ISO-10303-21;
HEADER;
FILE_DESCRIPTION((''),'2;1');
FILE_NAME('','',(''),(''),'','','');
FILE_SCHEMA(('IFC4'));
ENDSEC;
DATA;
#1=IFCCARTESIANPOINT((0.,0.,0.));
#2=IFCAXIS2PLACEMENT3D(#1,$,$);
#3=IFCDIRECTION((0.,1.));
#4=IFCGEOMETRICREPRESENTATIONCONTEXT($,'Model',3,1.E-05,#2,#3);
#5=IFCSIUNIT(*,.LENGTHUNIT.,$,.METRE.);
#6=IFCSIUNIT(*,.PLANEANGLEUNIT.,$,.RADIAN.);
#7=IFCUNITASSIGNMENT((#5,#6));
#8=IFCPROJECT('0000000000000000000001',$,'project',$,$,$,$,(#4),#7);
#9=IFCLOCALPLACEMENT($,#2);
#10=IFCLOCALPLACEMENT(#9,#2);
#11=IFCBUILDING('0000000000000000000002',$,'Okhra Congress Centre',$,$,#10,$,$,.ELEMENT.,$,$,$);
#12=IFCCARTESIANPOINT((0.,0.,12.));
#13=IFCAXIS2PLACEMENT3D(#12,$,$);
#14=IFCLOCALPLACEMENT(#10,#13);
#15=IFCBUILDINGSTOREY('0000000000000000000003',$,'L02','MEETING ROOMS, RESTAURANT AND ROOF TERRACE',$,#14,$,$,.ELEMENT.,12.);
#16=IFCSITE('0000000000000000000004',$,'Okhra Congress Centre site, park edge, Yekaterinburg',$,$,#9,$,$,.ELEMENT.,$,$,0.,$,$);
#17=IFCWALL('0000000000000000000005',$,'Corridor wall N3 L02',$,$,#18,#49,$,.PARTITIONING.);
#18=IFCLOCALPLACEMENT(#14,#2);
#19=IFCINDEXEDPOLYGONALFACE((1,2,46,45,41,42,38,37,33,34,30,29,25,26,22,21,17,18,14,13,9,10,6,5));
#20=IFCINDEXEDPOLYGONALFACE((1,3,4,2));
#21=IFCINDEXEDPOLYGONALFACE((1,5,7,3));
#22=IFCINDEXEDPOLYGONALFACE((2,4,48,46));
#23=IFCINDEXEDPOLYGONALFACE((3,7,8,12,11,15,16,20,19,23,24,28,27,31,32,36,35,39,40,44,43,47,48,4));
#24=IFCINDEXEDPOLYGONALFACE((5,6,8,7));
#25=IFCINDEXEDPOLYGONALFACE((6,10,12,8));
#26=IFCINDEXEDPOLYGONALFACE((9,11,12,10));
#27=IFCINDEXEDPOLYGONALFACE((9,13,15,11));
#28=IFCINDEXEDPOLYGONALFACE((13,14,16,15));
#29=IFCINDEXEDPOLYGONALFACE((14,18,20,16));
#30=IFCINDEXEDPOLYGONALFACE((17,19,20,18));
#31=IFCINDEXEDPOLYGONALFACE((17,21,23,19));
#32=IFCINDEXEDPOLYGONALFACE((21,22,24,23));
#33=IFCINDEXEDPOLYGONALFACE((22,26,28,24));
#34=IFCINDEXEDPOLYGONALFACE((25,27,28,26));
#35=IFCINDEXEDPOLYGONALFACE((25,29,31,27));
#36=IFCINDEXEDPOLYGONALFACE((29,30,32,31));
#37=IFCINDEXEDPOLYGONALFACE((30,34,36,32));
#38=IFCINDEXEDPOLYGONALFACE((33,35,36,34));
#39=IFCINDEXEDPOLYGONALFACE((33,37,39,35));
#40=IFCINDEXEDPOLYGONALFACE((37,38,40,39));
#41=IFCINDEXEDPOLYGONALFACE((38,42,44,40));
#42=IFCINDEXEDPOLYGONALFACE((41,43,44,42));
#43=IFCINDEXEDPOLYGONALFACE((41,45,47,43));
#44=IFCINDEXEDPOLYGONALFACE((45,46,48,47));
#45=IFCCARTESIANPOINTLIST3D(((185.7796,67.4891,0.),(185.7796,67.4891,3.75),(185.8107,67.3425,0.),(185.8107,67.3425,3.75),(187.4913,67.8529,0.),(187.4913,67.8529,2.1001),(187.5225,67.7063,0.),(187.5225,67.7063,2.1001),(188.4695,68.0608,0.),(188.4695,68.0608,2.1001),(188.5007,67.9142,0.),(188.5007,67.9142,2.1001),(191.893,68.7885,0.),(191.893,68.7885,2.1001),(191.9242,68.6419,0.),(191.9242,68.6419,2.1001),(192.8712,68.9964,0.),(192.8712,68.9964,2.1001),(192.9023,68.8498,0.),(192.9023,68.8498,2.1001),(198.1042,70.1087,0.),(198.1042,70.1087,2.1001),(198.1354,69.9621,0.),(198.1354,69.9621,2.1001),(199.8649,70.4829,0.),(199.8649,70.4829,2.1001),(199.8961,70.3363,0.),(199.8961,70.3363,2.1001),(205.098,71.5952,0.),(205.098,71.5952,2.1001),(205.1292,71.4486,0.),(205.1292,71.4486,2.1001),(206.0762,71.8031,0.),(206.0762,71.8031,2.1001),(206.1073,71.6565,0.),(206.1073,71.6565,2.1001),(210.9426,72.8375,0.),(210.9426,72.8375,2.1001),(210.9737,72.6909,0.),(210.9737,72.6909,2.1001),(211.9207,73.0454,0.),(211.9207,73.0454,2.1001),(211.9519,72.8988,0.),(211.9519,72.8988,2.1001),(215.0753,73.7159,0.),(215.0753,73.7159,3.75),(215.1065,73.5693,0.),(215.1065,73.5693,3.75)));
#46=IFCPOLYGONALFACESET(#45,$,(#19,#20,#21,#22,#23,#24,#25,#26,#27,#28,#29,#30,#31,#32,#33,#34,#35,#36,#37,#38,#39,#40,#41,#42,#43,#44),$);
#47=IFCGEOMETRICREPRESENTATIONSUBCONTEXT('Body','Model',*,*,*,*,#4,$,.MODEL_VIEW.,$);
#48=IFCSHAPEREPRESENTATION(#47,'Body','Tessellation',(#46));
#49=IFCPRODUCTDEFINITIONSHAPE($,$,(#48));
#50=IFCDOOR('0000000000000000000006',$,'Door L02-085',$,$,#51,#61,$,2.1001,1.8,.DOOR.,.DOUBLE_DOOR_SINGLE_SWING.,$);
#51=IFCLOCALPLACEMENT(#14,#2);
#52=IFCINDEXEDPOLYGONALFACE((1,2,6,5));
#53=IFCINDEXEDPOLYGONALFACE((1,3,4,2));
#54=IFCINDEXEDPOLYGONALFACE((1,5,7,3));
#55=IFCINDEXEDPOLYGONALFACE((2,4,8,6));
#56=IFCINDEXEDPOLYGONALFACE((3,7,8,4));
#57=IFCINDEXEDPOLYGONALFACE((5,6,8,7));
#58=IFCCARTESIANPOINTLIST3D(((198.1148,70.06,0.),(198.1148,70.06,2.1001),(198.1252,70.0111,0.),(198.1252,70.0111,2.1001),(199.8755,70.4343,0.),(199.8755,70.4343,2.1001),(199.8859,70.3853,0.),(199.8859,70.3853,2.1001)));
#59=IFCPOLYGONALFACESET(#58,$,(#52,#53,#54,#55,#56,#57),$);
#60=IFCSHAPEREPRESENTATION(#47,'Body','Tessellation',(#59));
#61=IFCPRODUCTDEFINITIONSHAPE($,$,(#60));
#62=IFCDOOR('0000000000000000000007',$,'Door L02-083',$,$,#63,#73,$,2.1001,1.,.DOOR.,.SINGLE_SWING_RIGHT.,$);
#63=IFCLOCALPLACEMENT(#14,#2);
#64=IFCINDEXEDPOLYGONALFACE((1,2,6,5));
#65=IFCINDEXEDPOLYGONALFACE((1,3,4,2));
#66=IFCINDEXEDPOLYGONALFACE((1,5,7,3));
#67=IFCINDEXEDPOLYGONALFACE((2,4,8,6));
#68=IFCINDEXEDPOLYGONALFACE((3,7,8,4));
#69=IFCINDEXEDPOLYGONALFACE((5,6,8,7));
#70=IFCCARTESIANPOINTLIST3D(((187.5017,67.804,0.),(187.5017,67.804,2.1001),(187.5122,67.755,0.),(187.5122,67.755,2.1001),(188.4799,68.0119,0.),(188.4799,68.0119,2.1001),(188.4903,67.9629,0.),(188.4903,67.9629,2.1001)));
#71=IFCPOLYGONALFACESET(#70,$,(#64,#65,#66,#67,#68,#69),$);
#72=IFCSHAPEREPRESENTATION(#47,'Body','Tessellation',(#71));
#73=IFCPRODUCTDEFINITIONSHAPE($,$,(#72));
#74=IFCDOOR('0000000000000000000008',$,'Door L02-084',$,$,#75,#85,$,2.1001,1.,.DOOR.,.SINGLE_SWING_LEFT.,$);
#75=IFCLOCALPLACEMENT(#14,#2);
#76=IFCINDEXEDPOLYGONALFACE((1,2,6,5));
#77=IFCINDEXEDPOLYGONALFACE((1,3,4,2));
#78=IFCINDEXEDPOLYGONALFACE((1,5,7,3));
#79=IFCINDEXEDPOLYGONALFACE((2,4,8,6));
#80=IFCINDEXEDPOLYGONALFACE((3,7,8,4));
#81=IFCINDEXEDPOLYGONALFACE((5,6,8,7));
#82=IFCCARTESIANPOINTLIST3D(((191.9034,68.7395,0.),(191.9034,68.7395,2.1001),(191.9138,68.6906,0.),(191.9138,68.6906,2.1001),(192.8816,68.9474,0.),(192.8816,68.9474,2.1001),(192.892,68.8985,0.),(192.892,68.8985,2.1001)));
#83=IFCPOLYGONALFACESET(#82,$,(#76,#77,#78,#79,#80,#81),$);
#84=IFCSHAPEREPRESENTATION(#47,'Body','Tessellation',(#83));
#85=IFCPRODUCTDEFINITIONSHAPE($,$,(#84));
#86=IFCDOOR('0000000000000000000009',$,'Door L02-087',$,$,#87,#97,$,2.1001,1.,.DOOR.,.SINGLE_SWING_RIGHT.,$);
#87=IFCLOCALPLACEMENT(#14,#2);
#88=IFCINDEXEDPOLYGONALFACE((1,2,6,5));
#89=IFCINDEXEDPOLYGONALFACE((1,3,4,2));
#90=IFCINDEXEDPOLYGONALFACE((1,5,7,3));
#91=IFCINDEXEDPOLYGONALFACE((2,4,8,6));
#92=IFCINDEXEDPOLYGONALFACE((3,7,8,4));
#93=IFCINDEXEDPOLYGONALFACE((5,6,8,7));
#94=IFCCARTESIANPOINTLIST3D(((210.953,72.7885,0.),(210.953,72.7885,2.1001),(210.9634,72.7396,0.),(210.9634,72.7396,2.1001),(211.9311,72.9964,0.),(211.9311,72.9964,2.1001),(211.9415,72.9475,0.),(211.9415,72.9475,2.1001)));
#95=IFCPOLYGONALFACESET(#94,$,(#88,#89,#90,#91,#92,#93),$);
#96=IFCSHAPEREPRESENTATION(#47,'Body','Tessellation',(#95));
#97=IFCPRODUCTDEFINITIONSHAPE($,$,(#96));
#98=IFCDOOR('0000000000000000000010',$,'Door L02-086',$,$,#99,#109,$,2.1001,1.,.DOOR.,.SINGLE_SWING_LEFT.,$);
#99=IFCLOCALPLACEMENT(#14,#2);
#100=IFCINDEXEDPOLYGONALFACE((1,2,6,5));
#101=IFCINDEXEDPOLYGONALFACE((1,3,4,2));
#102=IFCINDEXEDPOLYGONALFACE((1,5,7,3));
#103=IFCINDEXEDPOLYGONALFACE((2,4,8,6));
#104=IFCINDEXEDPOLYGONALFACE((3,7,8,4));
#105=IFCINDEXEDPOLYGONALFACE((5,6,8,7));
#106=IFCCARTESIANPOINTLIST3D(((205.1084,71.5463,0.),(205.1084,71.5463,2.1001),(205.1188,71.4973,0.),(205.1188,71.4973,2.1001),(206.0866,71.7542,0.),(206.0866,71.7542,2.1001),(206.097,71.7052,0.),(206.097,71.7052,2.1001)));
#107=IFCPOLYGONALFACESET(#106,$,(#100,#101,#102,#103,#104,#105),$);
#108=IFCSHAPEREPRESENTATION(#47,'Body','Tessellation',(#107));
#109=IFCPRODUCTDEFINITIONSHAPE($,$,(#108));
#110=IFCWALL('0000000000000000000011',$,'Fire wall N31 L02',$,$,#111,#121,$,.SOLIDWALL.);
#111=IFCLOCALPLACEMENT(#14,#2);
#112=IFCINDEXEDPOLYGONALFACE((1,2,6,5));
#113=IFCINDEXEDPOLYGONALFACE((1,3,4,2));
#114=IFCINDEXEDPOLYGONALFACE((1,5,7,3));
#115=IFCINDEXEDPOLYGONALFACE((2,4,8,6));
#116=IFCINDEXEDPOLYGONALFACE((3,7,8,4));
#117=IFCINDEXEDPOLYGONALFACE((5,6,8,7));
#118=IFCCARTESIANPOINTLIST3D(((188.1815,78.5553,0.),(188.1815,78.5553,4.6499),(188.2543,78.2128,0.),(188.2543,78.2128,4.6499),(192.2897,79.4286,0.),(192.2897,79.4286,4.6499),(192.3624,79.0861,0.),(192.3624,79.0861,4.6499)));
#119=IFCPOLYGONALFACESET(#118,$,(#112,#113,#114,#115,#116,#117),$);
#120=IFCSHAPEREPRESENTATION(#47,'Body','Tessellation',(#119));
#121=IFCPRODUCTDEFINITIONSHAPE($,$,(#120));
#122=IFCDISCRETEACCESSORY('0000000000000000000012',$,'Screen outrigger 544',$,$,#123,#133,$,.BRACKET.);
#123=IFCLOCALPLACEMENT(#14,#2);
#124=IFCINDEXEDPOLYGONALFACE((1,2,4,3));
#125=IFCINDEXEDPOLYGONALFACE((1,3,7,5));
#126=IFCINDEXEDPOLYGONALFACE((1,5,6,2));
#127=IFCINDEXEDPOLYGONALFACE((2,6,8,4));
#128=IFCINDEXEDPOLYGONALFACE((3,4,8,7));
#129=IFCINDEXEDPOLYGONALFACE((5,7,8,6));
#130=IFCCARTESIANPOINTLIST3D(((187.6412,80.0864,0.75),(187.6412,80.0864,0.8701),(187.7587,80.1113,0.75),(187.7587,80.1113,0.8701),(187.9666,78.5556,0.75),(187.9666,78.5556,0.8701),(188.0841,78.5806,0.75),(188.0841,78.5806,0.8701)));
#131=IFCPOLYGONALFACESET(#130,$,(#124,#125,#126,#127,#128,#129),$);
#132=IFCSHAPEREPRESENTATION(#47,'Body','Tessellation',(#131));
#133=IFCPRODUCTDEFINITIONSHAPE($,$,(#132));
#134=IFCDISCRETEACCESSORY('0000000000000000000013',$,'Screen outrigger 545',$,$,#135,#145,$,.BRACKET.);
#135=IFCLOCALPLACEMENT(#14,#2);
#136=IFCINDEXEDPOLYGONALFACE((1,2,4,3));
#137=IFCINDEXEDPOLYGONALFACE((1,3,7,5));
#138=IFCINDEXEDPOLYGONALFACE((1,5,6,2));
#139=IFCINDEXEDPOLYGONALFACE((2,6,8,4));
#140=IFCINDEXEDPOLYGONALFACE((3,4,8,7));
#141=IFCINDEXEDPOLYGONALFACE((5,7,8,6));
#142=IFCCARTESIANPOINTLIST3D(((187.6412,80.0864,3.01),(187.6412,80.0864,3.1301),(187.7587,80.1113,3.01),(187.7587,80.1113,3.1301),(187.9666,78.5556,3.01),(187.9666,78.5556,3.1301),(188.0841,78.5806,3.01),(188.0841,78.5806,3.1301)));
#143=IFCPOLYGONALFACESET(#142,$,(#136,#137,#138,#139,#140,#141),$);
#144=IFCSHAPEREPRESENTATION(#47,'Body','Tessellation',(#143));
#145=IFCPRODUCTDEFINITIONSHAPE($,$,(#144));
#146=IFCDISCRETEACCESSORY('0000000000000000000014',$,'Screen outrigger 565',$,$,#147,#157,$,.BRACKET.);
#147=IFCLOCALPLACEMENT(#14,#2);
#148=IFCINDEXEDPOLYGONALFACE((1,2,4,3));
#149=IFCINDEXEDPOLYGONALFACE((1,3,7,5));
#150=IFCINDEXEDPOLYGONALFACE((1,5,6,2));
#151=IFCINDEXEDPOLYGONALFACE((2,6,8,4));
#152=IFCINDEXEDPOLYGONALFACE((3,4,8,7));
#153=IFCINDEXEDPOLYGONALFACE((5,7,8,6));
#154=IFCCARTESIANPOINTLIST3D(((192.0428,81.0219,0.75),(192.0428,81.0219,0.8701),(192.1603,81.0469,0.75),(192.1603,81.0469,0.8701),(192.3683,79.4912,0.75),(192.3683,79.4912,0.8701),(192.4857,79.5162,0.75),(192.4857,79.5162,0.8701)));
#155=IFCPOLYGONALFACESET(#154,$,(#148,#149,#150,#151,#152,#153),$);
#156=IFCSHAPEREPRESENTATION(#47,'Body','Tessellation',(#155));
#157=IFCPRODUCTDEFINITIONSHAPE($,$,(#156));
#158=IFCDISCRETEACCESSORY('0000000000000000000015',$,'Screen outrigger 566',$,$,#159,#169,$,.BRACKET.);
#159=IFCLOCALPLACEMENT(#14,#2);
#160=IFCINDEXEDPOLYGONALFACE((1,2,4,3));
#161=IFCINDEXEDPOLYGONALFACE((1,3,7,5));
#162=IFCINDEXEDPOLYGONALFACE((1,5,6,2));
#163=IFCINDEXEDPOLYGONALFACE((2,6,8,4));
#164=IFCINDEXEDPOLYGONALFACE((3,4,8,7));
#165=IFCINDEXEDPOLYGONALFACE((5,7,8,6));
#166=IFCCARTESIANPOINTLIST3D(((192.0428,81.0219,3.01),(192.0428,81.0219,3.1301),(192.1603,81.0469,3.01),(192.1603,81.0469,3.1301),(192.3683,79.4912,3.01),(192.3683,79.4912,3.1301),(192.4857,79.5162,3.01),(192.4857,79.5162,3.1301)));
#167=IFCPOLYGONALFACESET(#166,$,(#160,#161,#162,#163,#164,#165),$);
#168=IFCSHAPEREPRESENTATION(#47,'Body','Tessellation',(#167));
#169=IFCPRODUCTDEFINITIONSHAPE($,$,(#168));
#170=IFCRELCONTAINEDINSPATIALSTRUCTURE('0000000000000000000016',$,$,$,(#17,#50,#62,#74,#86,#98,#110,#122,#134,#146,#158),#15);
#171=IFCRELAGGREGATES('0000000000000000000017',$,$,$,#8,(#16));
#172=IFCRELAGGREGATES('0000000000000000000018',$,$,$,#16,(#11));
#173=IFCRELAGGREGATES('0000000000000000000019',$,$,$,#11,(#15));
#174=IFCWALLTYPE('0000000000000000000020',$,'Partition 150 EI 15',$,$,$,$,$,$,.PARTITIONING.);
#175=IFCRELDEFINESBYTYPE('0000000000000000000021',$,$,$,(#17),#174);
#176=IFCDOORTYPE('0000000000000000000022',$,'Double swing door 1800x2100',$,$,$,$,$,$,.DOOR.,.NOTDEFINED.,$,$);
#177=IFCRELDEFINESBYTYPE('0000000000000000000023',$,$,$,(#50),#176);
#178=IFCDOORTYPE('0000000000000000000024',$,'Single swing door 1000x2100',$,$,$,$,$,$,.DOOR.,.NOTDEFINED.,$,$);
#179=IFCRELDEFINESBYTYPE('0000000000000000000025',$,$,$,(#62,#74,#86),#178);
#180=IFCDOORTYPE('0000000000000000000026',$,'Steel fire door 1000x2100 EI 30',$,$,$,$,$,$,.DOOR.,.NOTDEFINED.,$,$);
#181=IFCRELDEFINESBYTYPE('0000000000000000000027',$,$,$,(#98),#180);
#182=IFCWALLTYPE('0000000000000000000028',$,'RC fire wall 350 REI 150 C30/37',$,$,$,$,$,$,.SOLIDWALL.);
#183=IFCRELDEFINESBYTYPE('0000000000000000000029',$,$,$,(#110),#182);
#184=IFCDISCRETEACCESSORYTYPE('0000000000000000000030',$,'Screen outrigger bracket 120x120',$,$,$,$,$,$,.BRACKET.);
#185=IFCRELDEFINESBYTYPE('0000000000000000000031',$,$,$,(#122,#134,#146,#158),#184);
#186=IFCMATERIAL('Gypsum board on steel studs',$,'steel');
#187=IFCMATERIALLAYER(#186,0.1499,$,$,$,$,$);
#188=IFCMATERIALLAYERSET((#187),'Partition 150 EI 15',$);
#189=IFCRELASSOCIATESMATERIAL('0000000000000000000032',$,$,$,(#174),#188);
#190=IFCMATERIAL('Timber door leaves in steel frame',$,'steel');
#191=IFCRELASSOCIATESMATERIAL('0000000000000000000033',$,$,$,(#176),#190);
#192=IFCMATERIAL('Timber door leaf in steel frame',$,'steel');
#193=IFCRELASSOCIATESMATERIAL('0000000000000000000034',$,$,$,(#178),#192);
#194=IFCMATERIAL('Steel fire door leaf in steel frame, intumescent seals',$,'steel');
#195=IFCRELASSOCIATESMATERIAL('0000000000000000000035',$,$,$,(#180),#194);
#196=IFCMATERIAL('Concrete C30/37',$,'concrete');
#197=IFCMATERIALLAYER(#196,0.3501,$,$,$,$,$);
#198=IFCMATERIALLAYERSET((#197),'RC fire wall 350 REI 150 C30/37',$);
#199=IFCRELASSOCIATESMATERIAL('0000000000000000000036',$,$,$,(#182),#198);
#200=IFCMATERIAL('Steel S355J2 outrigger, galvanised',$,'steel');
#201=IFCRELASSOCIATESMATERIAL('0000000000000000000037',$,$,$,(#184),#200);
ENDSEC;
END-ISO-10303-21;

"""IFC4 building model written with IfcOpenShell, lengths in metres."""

from ifc_helpers import new_model, si_unit, direction, frame, frame_2d, origin, origin_2d, place, context, subcontext, project, spatial, rectangle, extrude, material, layer, layer_set, material_profile, profile_set, type_object, element, fill, save


model = new_model("IFC4")

# Units and contexts
model_context = context("Model", 3, precision=1e-05, world=origin(), true_north=direction((0.0, 1.0)))
body_context = subcontext(model_context, "Body", "Model", "MODEL_VIEW")
ifc_project = project(units=[si_unit("LENGTHUNIT", "METRE"), si_unit("PLANEANGLEUNIT", "RADIAN")], contexts=[model_context])

# Site, building, storey
site_placement = place(None, origin())
site = spatial("IfcSite", under=ifc_project, at=site_placement, Name="Okhra Congress Centre site, park edge, Yekaterinburg", CompositionType="ELEMENT", RefElevation=0.0)
building_placement = place(site_placement, origin())
building = spatial("IfcBuilding", under=site, at=building_placement, Name="Okhra Congress Centre", CompositionType="ELEMENT")
storey_placement = place(building_placement, frame((0.0, 0.0, 12.0)))
storey = spatial("IfcBuildingStorey", under=building, at=storey_placement, Name="L02", Description="MEETING ROOMS, RESTAURANT AND ROOF TERRACE", CompositionType="ELEMENT", Elevation=12.0)

# Shared definitions
ifc_material_1 = material(Name="Gypsum board on steel studs", Category="steel")

# Wall, openings, doors
ifc_layer_1 = layer(ifc_material_1, 0.1499)
ifc_layer_set_1 = layer_set([ifc_layer_1], Name="Partition 150 EI 15")
wall_type_1 = type_object("IfcWallType", Name="Partition 150 EI 15", PredefinedType="PARTITIONING", material=ifc_layer_set_1)
wall_1_placement = place(storey_placement, frame((185.7952, 67.4158, 0.0), z_axis=(0.0, 0.0, 1.0), x_axis=(0.978149, 0.207906, 0.0)))
wall_1 = element("IfcWall", 1, at=wall_1_placement, inside=storey, type_object=wall_type_1, Name="Corridor wall N3 L02", PredefinedType="PARTITIONING", context=body_context, shape_type="SweptSolid", body=[
    extrude(rectangle(XDim=29.9502, YDim=0.1499, at=frame_2d((14.9751, 0.0))), origin(), (0.0, 0.0, 1.0), 3.75),
])
opening_1_placement = place(wall_1_placement, frame((1.75, 0.0, 0.0)))
opening_1 = element("IfcOpeningElement", 2, at=opening_1_placement, cuts=wall_1, PredefinedType="OPENING", context=body_context, shape_type="SweptSolid", body=[
    extrude(rectangle(XDim=1.0, YDim=2.1001, at=frame_2d((0.5, 1.05))), frame((0.0, 0.085, 0.0), z_axis=(0.0, -1.0, 0.0), x_axis=(1.0, 0.0, 0.0)), (0.0, 0.0, 1.0), 0.1699),
])
opening_2_placement = place(wall_1_placement, frame((6.25, 0.0, 0.0)))
opening_2 = element("IfcOpeningElement", 3, at=opening_2_placement, cuts=wall_1, PredefinedType="OPENING", context=body_context, shape_type="SweptSolid", body=[
    extrude(rectangle(XDim=1.0, YDim=2.1001, at=frame_2d((0.5, 1.05))), frame((0.0, 0.085, 0.0), z_axis=(0.0, -1.0, 0.0), x_axis=(1.0, 0.0, 0.0)), (0.0, 0.0, 1.0), 0.1699),
])
opening_3_placement = place(wall_1_placement, frame((12.6001, 0.0, 0.0)))
opening_3 = element("IfcOpeningElement", 4, at=opening_3_placement, cuts=wall_1, PredefinedType="OPENING", context=body_context, shape_type="SweptSolid", body=[
    extrude(rectangle(XDim=1.8, YDim=2.1001, at=frame_2d((0.8999, 1.05))), frame((0.0, 0.085, 0.0), z_axis=(0.0, -1.0, 0.0), x_axis=(1.0, 0.0, 0.0)), (0.0, 0.0, 1.0), 0.1699),
])
opening_4_placement = place(wall_1_placement, frame((19.75, 0.0, 0.0)))
opening_4 = element("IfcOpeningElement", 5, at=opening_4_placement, cuts=wall_1, PredefinedType="OPENING", context=body_context, shape_type="SweptSolid", body=[
    extrude(rectangle(XDim=1.0, YDim=2.1001, at=frame_2d((0.5, 1.05))), frame((0.0, 0.085, 0.0), z_axis=(0.0, -1.0, 0.0), x_axis=(1.0, 0.0, 0.0)), (0.0, 0.0, 1.0), 0.1699),
])
opening_5_placement = place(wall_1_placement, frame((25.7251, 0.0, 0.0)))
opening_5 = element("IfcOpeningElement", 6, at=opening_5_placement, cuts=wall_1, PredefinedType="OPENING", context=body_context, shape_type="SweptSolid", body=[
    extrude(rectangle(XDim=1.0, YDim=2.1001, at=frame_2d((0.5, 1.05))), frame((0.0, 0.085, 0.0), z_axis=(0.0, -1.0, 0.0), x_axis=(1.0, 0.0, 0.0)), (0.0, 0.0, 1.0), 0.1699),
])
ifc_material_2 = material(Name="Timber door leaves in steel frame", Category="steel")
door_type_1 = type_object("IfcDoorType", Name="Double swing door 1800x2100", OperationType="NOTDEFINED", PredefinedType="DOOR", material=ifc_material_2)
door_1_placement = place(opening_3_placement, frame((1.8, 0.0, 0.0), z_axis=(0.0, 0.0, 1.0), x_axis=(-1.0, 0.0, 0.0)))
door_1 = element("IfcDoor", 7, at=door_1_placement, inside=storey, type_object=door_type_1, Name="Door L02-085", OperationType="DOUBLE_DOOR_SINGLE_SWING", OverallHeight=2.1001, OverallWidth=1.8, PredefinedType="DOOR", context=body_context, shape_type="SweptSolid", body=[
    extrude(rectangle(XDim=1.8, YDim=2.1001, at=frame_2d((0.8999, 1.05))), frame((0.0, 0.0249, 0.0), z_axis=(0.0, -1.0, 0.0), x_axis=(1.0, 0.0, 0.0)), (0.0, 0.0, 1.0), 0.05),
])
fill(opening_3, door_1)
ifc_material_3 = material(Name="Timber door leaf in steel frame", Category="steel")
door_type_2 = type_object("IfcDoorType", Name="Single swing door 1000x2100", OperationType="NOTDEFINED", PredefinedType="DOOR", material=ifc_material_3)
door_2_placement = place(opening_1_placement, origin())
door_2 = element("IfcDoor", 8, at=door_2_placement, inside=storey, type_object=door_type_2, Name="Door L02-083", OperationType="SINGLE_SWING_RIGHT", OverallHeight=2.1001, OverallWidth=1.0, PredefinedType="DOOR", context=body_context, shape_type="SweptSolid", body=[
    extrude(rectangle(XDim=1.0, YDim=2.1001, at=frame_2d((0.5, 1.05))), frame((0.0, 0.0249, 0.0), z_axis=(0.0, -1.0, 0.0), x_axis=(1.0, 0.0, 0.0)), (0.0, 0.0, 1.0), 0.05),
])
fill(opening_1, door_2)
door_3_placement = place(opening_2_placement, origin())
door_3 = element("IfcDoor", 9, at=door_3_placement, inside=storey, type_object=door_type_2, Name="Door L02-084", OperationType="SINGLE_SWING_LEFT", OverallHeight=2.1001, OverallWidth=1.0, PredefinedType="DOOR", context=body_context, shape_type="SweptSolid", body=[
    extrude(rectangle(XDim=1.0, YDim=2.1001, at=frame_2d((0.5, 1.05))), frame((0.0, 0.0249, 0.0), z_axis=(0.0, -1.0, 0.0), x_axis=(1.0, 0.0, 0.0)), (0.0, 0.0, 1.0), 0.05),
])
fill(opening_2, door_3)
door_4_placement = place(opening_5_placement, origin())
door_4 = element("IfcDoor", 10, at=door_4_placement, inside=storey, type_object=door_type_2, Name="Door L02-087", OperationType="SINGLE_SWING_RIGHT", OverallHeight=2.1001, OverallWidth=1.0, PredefinedType="DOOR", context=body_context, shape_type="SweptSolid", body=[
    extrude(rectangle(XDim=1.0, YDim=2.1001, at=frame_2d((0.5, 1.05))), frame((0.0, 0.0249, 0.0), z_axis=(0.0, -1.0, 0.0), x_axis=(1.0, 0.0, 0.0)), (0.0, 0.0, 1.0), 0.05),
])
fill(opening_5, door_4)
ifc_material_4 = material(Name="Steel fire door leaf in steel frame, intumescent seals", Category="steel")
door_type_3 = type_object("IfcDoorType", Name="Steel fire door 1000x2100 EI 30", OperationType="NOTDEFINED", PredefinedType="DOOR", material=ifc_material_4)
door_5_placement = place(opening_4_placement, origin())
door_5 = element("IfcDoor", 11, at=door_5_placement, inside=storey, type_object=door_type_3, Name="Door L02-086", OperationType="SINGLE_SWING_LEFT", OverallHeight=2.1001, OverallWidth=1.0, PredefinedType="DOOR", context=body_context, shape_type="SweptSolid", body=[
    extrude(rectangle(XDim=1.0, YDim=2.1001, at=frame_2d((0.5, 1.05))), frame((0.0, 0.0249, 0.0), z_axis=(0.0, -1.0, 0.0), x_axis=(1.0, 0.0, 0.0)), (0.0, 0.0, 1.0), 0.05),
])
fill(opening_4, door_5)

# Wall
ifc_material_5 = material(Name="Concrete C30/37", Category="concrete")
ifc_layer_2 = layer(ifc_material_5, 0.3501)
ifc_layer_set_2 = layer_set([ifc_layer_2], Name="RC fire wall 350 REI 150 C30/37")
wall_type_2 = type_object("IfcWallType", Name="RC fire wall 350 REI 150 C30/37", PredefinedType="SOLIDWALL", material=ifc_layer_set_2)
wall_2_placement = place(storey_placement, frame((188.2178, 78.384, 0.0), z_axis=(0.0, 0.0, 1.0), x_axis=(0.978144, 0.207929, 0.0)))
element("IfcWall", 12, at=wall_2_placement, inside=storey, type_object=wall_type_2, Name="Fire wall N31 L02", PredefinedType="SOLIDWALL", context=body_context, shape_type="SweptSolid", body=[
    extrude(rectangle(XDim=4.2, YDim=0.3501, at=frame_2d((2.1001, 0.0))), origin(), (0.0, 0.0, 1.0), 4.6499),
])

# Discrete accessories
ifc_material_6 = material(Name="Steel S355J2 outrigger, galvanised", Category="steel")
ifc_material_profile_1 = material_profile(ifc_material_6, rectangle(XDim=0.1201, YDim=0.1201, at=origin_2d()), Name="Screen outrigger bracket 120x120")
ifc_profile_set_1 = profile_set([ifc_material_profile_1], Name="Steel S355J2 outrigger, galvanised")
discrete_accessory_type = type_object("IfcDiscreteAccessoryType", Name="Screen outrigger bracket 120x120", PredefinedType="BRACKET", material=ifc_profile_set_1)
for number, where, z_axis, x_axis, name in (
    (13, (188.0254, 78.5681, 0.8101), (-0.207952, 0.978139, 0.0), (-0.978139, -0.207952, 0.0), "Screen outrigger 544"),
    (14, (188.0254, 78.5681, 3.0701), (-0.207952, 0.978139, 0.0), (-0.978139, -0.207952, 0.0), "Screen outrigger 545"),
    (15, (192.427, 79.5037, 0.8101), (-0.207952, 0.978139, 0.0), (-0.978139, -0.207952, 0.0), "Screen outrigger 565"),
    (16, (192.427, 79.5037, 3.0701), (-0.207952, 0.978139, 0.0), (-0.978139, -0.207952, 0.0), "Screen outrigger 566"),
):
    element("IfcDiscreteAccessory", number, at=place(storey_placement, frame(where, z_axis=z_axis, x_axis=x_axis)), inside=storey, type_object=discrete_accessory_type, Name=name, PredefinedType="BRACKET", context=body_context, shape_type="SweptSolid", body=[
        extrude(rectangle(XDim=0.1201, YDim=0.1201, at=origin_2d()), origin(), (0.0, 0.0, 1.0), 1.5649),
    ])

save(model, "model.ifc")
